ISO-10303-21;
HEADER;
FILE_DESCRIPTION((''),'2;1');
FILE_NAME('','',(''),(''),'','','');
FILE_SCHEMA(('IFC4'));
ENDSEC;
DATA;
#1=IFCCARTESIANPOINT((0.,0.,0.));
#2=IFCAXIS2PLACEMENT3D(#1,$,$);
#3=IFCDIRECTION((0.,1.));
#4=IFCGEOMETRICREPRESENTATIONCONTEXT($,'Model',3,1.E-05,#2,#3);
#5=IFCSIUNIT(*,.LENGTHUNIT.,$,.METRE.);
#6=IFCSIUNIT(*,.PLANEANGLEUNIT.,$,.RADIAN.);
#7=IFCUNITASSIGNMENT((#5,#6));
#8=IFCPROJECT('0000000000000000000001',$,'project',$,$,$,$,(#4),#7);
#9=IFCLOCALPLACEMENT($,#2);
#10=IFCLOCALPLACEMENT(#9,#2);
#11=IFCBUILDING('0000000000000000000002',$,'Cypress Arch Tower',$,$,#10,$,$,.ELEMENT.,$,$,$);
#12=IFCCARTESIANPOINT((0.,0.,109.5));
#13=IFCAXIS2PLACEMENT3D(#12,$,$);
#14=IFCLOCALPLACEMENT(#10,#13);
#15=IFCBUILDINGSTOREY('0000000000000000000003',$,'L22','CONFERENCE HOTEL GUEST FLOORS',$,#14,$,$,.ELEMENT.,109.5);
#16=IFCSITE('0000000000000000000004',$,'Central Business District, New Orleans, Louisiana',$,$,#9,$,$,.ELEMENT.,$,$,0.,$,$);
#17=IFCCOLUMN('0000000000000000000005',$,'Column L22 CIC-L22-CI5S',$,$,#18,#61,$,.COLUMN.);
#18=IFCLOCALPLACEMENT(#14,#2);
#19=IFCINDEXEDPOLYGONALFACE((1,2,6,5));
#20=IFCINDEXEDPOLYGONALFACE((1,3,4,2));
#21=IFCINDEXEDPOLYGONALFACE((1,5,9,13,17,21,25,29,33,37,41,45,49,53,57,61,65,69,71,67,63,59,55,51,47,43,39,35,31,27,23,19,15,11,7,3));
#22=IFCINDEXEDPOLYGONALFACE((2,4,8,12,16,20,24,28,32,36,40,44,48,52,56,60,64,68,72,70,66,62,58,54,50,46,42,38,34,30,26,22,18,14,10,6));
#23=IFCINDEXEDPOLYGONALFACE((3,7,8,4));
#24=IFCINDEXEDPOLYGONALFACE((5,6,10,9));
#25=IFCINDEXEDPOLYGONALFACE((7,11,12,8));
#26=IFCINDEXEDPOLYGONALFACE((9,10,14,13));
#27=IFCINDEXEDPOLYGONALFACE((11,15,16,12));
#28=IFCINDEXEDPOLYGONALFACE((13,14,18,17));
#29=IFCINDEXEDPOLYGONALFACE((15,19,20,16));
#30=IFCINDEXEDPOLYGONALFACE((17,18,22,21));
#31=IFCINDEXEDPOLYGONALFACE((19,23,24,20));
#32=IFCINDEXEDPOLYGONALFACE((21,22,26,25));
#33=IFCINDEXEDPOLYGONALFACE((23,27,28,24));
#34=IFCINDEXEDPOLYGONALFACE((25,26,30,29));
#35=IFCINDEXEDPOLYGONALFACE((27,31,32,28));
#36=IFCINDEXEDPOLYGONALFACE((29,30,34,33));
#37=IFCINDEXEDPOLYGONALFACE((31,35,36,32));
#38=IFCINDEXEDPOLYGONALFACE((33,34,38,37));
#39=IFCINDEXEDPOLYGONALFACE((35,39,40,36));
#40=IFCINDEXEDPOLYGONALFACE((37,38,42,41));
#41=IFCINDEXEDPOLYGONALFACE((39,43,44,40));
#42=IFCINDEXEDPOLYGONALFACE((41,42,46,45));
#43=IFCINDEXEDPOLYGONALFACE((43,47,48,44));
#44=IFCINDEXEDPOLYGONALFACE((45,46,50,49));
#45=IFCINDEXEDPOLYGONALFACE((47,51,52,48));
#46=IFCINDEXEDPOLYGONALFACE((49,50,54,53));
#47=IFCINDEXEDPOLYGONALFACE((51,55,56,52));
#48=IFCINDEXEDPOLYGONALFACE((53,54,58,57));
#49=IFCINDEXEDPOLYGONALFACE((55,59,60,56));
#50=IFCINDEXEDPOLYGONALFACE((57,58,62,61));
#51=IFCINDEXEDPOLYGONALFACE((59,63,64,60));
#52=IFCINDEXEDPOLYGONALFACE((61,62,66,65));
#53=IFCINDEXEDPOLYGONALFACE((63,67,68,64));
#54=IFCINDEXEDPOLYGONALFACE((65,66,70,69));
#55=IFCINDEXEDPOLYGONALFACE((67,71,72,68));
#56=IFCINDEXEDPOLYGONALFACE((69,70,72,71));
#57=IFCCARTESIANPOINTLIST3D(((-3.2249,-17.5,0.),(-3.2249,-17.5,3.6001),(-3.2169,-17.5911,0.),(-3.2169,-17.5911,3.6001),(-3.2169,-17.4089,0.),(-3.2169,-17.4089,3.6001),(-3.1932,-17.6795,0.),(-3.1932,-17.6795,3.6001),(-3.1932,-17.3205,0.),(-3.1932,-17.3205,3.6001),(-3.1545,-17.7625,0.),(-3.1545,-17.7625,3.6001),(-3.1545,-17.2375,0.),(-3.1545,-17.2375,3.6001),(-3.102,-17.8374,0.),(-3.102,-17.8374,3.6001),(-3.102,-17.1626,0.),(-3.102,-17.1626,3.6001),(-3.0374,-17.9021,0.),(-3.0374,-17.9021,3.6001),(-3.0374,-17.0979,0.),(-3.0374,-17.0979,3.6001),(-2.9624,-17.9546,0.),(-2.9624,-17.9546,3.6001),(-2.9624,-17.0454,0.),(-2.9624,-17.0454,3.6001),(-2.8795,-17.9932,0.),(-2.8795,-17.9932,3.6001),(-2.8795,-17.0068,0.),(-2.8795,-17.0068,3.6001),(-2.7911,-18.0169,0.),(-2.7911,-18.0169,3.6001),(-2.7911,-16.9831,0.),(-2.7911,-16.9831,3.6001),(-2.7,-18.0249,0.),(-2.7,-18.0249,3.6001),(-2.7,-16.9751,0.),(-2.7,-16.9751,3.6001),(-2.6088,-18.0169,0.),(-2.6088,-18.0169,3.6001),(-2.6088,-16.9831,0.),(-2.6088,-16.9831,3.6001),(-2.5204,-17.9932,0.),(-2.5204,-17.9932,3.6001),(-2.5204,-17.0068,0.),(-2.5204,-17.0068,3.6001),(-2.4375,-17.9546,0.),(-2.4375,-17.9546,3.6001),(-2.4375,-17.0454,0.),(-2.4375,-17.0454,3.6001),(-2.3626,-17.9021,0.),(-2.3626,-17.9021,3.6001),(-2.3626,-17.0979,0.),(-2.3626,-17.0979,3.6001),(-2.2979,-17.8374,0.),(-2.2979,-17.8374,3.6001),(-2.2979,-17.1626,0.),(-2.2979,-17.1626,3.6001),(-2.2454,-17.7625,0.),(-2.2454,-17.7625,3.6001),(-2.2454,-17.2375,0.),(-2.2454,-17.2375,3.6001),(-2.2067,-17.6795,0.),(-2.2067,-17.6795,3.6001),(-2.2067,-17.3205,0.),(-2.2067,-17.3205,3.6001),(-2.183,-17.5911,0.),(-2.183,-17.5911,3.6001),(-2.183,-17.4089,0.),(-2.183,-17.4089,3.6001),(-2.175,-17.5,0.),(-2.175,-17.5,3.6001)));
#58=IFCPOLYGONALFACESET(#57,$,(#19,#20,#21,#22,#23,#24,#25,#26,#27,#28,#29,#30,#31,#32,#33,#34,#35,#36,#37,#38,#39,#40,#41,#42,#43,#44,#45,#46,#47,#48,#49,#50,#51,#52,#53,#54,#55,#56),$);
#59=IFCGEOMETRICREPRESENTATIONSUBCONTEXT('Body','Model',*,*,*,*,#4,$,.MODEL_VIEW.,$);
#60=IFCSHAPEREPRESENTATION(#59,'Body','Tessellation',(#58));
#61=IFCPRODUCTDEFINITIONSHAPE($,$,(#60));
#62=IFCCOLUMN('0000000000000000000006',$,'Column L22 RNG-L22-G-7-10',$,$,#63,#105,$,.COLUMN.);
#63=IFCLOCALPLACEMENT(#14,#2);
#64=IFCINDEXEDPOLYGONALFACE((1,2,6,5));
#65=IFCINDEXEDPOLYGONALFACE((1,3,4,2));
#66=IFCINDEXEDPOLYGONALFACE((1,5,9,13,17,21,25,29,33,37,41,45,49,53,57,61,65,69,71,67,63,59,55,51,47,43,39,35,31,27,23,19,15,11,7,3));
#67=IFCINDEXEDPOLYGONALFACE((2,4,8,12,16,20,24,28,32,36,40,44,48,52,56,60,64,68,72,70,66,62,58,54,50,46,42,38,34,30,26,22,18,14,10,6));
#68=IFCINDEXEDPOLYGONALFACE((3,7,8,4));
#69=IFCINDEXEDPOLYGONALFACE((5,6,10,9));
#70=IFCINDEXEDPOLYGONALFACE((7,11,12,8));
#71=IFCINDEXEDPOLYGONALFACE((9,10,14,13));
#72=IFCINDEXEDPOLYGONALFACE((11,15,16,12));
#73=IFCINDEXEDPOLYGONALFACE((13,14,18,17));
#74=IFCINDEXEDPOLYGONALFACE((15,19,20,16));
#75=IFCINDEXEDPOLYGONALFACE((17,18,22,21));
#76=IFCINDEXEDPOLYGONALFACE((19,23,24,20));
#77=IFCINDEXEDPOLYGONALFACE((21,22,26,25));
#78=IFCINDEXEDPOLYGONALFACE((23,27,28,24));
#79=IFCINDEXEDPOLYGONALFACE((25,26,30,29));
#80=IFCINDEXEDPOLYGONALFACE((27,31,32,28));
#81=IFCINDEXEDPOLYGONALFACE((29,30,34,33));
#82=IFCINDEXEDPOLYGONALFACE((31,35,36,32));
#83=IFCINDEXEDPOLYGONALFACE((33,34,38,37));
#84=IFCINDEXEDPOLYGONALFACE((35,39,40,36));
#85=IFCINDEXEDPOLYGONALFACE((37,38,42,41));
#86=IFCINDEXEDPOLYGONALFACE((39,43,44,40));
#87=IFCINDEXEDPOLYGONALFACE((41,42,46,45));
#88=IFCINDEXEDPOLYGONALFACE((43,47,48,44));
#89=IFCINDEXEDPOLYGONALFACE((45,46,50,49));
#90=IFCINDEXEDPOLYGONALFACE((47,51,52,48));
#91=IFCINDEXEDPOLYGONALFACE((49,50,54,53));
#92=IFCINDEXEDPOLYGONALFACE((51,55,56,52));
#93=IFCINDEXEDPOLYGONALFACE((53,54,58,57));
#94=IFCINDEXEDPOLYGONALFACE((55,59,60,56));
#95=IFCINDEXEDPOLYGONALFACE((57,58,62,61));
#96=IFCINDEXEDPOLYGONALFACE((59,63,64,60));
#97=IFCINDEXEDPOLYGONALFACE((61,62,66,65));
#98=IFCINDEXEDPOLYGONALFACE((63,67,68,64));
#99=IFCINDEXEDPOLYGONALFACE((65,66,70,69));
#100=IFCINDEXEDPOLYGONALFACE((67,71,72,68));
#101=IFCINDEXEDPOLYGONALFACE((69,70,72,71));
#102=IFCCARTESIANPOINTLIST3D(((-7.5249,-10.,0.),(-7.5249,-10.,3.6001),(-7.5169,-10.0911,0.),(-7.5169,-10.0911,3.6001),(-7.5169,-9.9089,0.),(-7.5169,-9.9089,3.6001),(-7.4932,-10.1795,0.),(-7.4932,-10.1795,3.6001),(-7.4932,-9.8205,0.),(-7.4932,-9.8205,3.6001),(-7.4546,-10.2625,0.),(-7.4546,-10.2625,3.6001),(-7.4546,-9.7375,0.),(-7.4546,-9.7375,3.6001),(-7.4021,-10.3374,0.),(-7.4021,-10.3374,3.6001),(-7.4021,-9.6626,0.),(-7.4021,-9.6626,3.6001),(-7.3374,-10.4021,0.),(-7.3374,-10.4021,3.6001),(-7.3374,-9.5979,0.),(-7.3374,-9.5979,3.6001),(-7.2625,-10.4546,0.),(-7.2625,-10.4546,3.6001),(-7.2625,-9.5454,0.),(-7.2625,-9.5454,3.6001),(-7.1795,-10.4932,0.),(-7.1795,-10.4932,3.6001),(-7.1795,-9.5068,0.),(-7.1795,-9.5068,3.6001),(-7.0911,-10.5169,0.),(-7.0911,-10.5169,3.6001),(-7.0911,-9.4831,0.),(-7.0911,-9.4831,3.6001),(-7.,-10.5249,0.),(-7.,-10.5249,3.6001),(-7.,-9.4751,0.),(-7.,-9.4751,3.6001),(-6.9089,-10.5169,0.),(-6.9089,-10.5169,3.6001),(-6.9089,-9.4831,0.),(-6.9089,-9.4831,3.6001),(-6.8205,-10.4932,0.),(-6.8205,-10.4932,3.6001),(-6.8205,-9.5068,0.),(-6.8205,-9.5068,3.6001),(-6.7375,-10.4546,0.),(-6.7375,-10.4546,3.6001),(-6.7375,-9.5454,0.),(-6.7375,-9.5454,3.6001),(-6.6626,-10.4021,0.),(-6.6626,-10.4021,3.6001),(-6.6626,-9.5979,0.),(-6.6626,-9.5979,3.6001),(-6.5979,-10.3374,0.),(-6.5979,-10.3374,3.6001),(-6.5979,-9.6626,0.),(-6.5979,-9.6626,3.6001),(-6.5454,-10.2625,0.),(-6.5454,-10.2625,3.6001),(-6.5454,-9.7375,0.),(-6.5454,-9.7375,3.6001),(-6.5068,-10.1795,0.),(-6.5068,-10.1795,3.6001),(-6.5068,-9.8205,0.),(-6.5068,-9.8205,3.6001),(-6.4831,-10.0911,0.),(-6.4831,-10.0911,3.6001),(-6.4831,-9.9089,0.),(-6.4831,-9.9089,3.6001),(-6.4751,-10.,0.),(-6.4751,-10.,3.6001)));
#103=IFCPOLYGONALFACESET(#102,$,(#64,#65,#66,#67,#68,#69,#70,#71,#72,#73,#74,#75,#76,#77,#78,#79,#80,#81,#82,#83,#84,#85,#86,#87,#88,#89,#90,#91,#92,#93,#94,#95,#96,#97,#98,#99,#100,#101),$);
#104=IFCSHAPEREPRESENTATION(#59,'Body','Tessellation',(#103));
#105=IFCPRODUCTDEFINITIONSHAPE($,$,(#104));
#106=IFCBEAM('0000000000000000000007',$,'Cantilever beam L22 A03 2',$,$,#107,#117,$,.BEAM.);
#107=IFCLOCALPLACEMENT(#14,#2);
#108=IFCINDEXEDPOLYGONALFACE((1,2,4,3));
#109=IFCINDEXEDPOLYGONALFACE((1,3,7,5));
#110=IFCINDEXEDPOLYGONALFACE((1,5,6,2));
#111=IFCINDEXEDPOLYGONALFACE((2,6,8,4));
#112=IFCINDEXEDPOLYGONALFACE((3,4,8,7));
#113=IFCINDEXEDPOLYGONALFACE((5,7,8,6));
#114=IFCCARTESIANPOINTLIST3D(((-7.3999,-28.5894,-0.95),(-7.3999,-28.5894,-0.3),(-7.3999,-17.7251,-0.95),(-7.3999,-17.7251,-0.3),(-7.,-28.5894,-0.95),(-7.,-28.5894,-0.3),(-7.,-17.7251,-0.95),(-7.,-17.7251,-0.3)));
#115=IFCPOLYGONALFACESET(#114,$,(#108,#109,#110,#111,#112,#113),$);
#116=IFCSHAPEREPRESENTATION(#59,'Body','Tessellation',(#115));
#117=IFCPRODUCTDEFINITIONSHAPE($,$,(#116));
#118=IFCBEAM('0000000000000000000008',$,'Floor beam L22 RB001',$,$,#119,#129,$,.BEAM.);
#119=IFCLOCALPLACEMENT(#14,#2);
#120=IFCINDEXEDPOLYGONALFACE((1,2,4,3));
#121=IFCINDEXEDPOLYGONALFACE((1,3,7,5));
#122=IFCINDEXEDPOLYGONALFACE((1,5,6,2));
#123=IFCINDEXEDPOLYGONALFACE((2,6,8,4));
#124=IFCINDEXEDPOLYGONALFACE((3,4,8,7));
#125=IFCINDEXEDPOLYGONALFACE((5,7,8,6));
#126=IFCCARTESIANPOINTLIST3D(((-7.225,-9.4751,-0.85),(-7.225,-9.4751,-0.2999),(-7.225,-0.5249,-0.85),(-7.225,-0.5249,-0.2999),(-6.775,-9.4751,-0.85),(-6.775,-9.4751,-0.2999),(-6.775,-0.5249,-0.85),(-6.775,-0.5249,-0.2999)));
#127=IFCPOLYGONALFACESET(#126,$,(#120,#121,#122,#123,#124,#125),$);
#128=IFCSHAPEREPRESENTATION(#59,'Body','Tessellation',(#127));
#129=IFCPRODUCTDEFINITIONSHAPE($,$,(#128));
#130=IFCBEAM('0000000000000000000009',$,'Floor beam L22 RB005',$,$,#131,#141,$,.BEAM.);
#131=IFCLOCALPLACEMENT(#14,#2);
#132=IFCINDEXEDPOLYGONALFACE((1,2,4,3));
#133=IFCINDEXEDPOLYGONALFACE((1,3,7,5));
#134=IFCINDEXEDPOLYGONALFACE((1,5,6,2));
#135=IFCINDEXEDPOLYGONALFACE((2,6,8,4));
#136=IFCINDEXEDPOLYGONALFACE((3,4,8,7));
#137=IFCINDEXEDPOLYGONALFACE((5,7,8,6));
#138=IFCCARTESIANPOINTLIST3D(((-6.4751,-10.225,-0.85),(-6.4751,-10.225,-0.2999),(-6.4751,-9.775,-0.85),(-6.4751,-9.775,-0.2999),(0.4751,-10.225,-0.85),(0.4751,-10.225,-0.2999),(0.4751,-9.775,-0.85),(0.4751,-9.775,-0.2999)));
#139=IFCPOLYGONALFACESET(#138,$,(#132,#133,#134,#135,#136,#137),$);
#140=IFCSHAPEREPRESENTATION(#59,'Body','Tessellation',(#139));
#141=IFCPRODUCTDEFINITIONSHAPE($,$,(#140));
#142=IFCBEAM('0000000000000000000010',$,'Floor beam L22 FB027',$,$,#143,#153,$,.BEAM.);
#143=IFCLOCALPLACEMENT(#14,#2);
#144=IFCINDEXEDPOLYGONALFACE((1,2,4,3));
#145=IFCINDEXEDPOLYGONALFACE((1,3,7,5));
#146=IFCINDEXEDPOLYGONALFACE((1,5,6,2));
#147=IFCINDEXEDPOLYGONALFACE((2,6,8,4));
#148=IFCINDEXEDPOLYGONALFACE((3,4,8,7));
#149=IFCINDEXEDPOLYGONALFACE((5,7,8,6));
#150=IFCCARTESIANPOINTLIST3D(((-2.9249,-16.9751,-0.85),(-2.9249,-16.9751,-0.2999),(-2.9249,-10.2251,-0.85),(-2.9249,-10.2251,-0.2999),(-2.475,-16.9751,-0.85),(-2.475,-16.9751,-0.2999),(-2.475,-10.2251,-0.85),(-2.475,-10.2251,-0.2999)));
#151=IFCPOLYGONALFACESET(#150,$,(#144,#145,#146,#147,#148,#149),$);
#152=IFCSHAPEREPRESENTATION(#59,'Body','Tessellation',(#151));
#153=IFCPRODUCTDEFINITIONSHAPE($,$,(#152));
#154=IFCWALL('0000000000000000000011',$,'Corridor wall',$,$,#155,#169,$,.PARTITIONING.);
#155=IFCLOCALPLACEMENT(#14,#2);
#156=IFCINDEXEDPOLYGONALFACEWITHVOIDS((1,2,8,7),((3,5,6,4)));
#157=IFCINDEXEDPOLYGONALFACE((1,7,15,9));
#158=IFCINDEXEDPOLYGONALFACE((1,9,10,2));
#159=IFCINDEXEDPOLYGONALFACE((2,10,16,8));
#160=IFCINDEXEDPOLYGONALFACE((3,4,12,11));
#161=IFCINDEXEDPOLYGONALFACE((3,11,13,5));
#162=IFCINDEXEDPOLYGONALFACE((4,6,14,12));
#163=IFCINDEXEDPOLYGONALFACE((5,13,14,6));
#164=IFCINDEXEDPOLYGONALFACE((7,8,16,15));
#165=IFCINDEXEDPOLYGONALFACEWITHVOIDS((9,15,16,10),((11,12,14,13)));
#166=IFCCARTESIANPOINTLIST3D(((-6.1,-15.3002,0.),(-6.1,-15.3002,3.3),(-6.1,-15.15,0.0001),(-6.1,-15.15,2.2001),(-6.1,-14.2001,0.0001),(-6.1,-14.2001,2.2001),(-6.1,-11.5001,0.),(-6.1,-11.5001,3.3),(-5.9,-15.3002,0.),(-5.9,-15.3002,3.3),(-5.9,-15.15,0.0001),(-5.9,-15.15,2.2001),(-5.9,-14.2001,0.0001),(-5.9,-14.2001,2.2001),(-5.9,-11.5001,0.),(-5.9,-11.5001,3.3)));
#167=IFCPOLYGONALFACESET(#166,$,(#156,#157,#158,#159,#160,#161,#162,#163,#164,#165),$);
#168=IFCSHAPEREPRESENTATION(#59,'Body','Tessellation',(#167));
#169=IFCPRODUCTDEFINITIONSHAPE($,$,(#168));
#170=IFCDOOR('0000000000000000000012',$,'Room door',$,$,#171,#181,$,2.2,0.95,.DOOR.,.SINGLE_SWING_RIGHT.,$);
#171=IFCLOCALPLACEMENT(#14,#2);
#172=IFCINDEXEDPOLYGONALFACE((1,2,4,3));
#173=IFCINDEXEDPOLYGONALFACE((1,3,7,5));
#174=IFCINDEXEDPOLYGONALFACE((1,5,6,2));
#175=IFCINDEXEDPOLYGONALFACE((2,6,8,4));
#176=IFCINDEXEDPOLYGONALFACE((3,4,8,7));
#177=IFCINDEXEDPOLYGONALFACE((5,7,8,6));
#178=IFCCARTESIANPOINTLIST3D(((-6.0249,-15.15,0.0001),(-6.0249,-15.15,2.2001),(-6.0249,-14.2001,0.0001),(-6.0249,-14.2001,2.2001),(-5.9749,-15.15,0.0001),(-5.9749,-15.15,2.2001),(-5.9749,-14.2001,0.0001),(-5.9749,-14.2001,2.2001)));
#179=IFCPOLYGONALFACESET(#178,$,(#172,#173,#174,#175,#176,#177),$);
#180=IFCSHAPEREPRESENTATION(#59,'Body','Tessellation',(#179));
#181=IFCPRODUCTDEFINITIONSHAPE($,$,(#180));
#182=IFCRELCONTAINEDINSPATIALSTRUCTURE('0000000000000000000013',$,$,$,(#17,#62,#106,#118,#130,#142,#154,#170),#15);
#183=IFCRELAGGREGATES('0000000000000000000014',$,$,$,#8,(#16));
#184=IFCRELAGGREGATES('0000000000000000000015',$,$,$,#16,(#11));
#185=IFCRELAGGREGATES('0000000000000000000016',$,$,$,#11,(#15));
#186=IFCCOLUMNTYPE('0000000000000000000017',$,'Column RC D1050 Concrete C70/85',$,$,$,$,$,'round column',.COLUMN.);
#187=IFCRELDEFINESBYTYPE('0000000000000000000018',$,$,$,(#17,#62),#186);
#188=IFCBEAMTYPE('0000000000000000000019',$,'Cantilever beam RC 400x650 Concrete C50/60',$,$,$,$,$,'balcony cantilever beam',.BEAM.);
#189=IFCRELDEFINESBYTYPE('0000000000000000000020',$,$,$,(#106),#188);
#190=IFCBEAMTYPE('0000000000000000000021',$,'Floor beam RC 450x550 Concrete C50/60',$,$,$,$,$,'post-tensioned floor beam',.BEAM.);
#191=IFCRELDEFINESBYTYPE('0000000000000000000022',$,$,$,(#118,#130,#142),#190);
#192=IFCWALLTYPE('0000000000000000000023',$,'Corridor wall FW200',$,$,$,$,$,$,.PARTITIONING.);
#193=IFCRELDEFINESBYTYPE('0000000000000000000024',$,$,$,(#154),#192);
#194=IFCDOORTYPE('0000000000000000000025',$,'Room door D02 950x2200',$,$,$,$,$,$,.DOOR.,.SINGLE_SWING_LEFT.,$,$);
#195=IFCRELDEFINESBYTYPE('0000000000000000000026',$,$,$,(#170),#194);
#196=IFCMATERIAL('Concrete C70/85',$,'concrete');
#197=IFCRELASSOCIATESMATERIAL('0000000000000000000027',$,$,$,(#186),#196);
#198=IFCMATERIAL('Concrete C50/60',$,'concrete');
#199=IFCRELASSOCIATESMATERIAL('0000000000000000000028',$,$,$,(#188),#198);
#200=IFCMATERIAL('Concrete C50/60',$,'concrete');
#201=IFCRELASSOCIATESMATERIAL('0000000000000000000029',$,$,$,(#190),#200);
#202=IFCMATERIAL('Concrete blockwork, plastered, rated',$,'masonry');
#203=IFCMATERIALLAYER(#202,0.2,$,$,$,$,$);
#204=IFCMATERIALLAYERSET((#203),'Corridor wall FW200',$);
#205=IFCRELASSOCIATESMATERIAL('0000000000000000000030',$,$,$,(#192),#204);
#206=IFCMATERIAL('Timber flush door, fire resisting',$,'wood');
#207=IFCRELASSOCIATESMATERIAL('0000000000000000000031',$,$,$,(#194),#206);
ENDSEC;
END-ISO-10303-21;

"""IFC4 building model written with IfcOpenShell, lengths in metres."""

from ifc_helpers import new_model, si_unit, direction, frame, frame_2d, origin, origin_2d, place, context, subcontext, project, spatial, rectangle, circle, extrude, material, layer, layer_set, material_profile, profile_set, type_object, element, fill, save


model = new_model("IFC4")

# Units and contexts
model_context = context("Model", 3, precision=1e-05, world=origin(), true_north=direction((0.0, 1.0)))
body_context = subcontext(model_context, "Body", "Model", "MODEL_VIEW")
ifc_project = project(units=[si_unit("LENGTHUNIT", "METRE"), si_unit("PLANEANGLEUNIT", "RADIAN")], contexts=[model_context])

# Site, building, storey
site_placement = place(None, origin())
site = spatial("IfcSite", under=ifc_project, at=site_placement, Name="Central Business District, New Orleans, Louisiana", CompositionType="ELEMENT", RefElevation=0.0)
building_placement = place(site_placement, origin())
building = spatial("IfcBuilding", under=site, at=building_placement, Name="Cypress Arch Tower", CompositionType="ELEMENT")
storey_placement = place(building_placement, frame((0.0, 0.0, 109.5)))
storey = spatial("IfcBuildingStorey", under=building, at=storey_placement, Name="L22", Description="CONFERENCE HOTEL GUEST FLOORS", CompositionType="ELEMENT", Elevation=109.5)

# Columns
ifc_material_1 = material(Name="Concrete C70/85", Category="concrete")
ifc_material_profile_1 = material_profile(ifc_material_1, circle(Radius=0.5249, at=origin_2d()), Name="RC D1050")
ifc_profile_set_1 = profile_set([ifc_material_profile_1], Name="Concrete C70/85")
column_type = type_object("IfcColumnType", Name="Column RC D1050 Concrete C70/85", ElementType="round column", PredefinedType="COLUMN", material=ifc_profile_set_1)
for number, where, z_axis, x_axis, name in (
    (1, (-2.7, -17.5, 0.0), (0.0, 0.0, 1.0), (1.0, 0.0, 0.0), "Column L22 CIC-L22-CI5S"),
    (2, (-7.0, -10.0, 0.0), (0.0, 0.0, 1.0), (1.0, 0.0, 0.0), "Column L22 RNG-L22-G-7-10"),
):
    element("IfcColumn", number, at=place(storey_placement, frame(where, z_axis=z_axis, x_axis=x_axis)), inside=storey, type_object=column_type, Name=name, PredefinedType="COLUMN", context=body_context, shape_type="SweptSolid", body=[
        extrude(circle(Radius=0.5249, at=origin_2d()), origin(), (0.0, 0.0, 1.0), 3.6001),
    ])

# Beams
ifc_material_2 = material(Name="Concrete C50/60", Category="concrete")
ifc_material_profile_2 = material_profile(ifc_material_2, rectangle(XDim=0.3999, YDim=0.6499, at=origin_2d()), Name="RC 400x650")
ifc_profile_set_2 = profile_set([ifc_material_profile_2], Name="Concrete C50/60")
beam_type_1 = type_object("IfcBeamType", Name="Cantilever beam RC 400x650 Concrete C50/60", ElementType="balcony cantilever beam", PredefinedType="BEAM", material=ifc_profile_set_2)
beam_1_placement = place(storey_placement, frame((-7.2, -17.7251, -0.625), z_axis=(0.0, -1.0, 0.0), x_axis=(1.0, 0.0, 0.0)))
element("IfcBeam", 3, at=beam_1_placement, inside=storey, type_object=beam_type_1, Name="Cantilever beam L22 A03 2", PredefinedType="BEAM", context=body_context, shape_type="SweptSolid", body=[
    extrude(rectangle(XDim=0.3999, YDim=0.6499, at=origin_2d()), origin(), (0.0, 0.0, 1.0), 10.8643),
])
ifc_material_3 = material(Name="Concrete C50/60", Category="concrete")
ifc_material_profile_3 = material_profile(ifc_material_3, rectangle(XDim=0.45, YDim=0.55, at=origin_2d()), Name="RC 450x550")
ifc_profile_set_3 = profile_set([ifc_material_profile_3], Name="Concrete C50/60")
beam_type_2 = type_object("IfcBeamType", Name="Floor beam RC 450x550 Concrete C50/60", ElementType="post-tensioned floor beam", PredefinedType="BEAM", material=ifc_profile_set_3)
beam_2_placement = place(storey_placement, frame((-7.0, -9.4751, -0.575), z_axis=(0.0, 1.0, 0.0), x_axis=(-1.0, 0.0, 0.0)))
element("IfcBeam", 4, at=beam_2_placement, inside=storey, type_object=beam_type_2, Name="Floor beam L22 RB001", PredefinedType="BEAM", context=body_context, shape_type="SweptSolid", body=[
    extrude(rectangle(XDim=0.45, YDim=0.55, at=origin_2d()), origin(), (0.0, 0.0, 1.0), 8.9502),
])
beam_3_placement = place(storey_placement, frame((-6.4751, -10.0, -0.575), z_axis=(1.0, 0.0, 0.0), x_axis=(0.0, 1.0, 0.0)))
element("IfcBeam", 5, at=beam_3_placement, inside=storey, type_object=beam_type_2, Name="Floor beam L22 RB005", PredefinedType="BEAM", context=body_context, shape_type="SweptSolid", body=[
    extrude(rectangle(XDim=0.45, YDim=0.55, at=origin_2d()), origin(), (0.0, 0.0, 1.0), 6.9502),
])
beam_4_placement = place(storey_placement, frame((-2.7, -16.9751, -0.575), z_axis=(0.0, 1.0, 0.0), x_axis=(-1.0, 0.0, 0.0)))
element("IfcBeam", 6, at=beam_4_placement, inside=storey, type_object=beam_type_2, Name="Floor beam L22 FB027", PredefinedType="BEAM", context=body_context, shape_type="SweptSolid", body=[
    extrude(rectangle(XDim=0.45, YDim=0.55, at=origin_2d()), origin(), (0.0, 0.0, 1.0), 6.75),
])

# Wall, opening, door
ifc_material_4 = material(Name="Concrete blockwork, plastered, rated", Category="masonry")
ifc_layer_1 = layer(ifc_material_4, 0.2)
ifc_layer_set_1 = layer_set([ifc_layer_1], Name="Corridor wall FW200")
wall_type_1 = type_object("IfcWallType", Name="Corridor wall FW200", PredefinedType="PARTITIONING", material=ifc_layer_set_1)
wall_1_placement = place(storey_placement, frame((-6.0, -15.3, 0.0), z_axis=(0.0, 0.0, 1.0), x_axis=(0.0, 1.0, 0.0)))
wall_1 = element("IfcWall", 7, at=wall_1_placement, inside=storey, type_object=wall_type_1, Name="Corridor wall", PredefinedType="PARTITIONING", context=body_context, shape_type="SweptSolid", body=[
    extrude(rectangle(XDim=3.8, YDim=0.2, at=frame_2d((1.8999, 0.0))), origin(), (0.0, 0.0, 1.0), 3.3),
])
opening_1_placement = place(wall_1_placement, frame((0.1499, 0.0, 0.0)))
opening_1 = element("IfcOpeningElement", 8, at=opening_1_placement, cuts=wall_1, PredefinedType="OPENING", context=body_context, shape_type="SweptSolid", body=[
    extrude(rectangle(XDim=0.95, YDim=2.2, at=frame_2d((0.4751, 1.1001))), frame((0.0, 0.1099, 0.0), z_axis=(0.0, -1.0, 0.0), x_axis=(1.0, 0.0, 0.0)), (0.0, 0.0, 1.0), 0.22),
])
ifc_material_5 = material(Name="Timber flush door, fire resisting", Category="wood")
door_type_1 = type_object("IfcDoorType", Name="Room door D02 950x2200", OperationType="SINGLE_SWING_LEFT", PredefinedType="DOOR", material=ifc_material_5)
door_1_placement = place(opening_1_placement, origin())
door_1 = element("IfcDoor", 9, at=door_1_placement, inside=storey, type_object=door_type_1, Name="Room door", OperationType="SINGLE_SWING_RIGHT", OverallHeight=2.2, OverallWidth=0.95, PredefinedType="DOOR", context=body_context, shape_type="SweptSolid", body=[
    extrude(rectangle(XDim=0.95, YDim=2.2, at=frame_2d((0.4751, 1.1001))), frame((0.0, 0.0249, 0.0), z_axis=(0.0, -1.0, 0.0), x_axis=(1.0, 0.0, 0.0)), (0.0, 0.0, 1.0), 0.05),
])
fill(opening_1, door_1)

save(model, "model.ifc")
